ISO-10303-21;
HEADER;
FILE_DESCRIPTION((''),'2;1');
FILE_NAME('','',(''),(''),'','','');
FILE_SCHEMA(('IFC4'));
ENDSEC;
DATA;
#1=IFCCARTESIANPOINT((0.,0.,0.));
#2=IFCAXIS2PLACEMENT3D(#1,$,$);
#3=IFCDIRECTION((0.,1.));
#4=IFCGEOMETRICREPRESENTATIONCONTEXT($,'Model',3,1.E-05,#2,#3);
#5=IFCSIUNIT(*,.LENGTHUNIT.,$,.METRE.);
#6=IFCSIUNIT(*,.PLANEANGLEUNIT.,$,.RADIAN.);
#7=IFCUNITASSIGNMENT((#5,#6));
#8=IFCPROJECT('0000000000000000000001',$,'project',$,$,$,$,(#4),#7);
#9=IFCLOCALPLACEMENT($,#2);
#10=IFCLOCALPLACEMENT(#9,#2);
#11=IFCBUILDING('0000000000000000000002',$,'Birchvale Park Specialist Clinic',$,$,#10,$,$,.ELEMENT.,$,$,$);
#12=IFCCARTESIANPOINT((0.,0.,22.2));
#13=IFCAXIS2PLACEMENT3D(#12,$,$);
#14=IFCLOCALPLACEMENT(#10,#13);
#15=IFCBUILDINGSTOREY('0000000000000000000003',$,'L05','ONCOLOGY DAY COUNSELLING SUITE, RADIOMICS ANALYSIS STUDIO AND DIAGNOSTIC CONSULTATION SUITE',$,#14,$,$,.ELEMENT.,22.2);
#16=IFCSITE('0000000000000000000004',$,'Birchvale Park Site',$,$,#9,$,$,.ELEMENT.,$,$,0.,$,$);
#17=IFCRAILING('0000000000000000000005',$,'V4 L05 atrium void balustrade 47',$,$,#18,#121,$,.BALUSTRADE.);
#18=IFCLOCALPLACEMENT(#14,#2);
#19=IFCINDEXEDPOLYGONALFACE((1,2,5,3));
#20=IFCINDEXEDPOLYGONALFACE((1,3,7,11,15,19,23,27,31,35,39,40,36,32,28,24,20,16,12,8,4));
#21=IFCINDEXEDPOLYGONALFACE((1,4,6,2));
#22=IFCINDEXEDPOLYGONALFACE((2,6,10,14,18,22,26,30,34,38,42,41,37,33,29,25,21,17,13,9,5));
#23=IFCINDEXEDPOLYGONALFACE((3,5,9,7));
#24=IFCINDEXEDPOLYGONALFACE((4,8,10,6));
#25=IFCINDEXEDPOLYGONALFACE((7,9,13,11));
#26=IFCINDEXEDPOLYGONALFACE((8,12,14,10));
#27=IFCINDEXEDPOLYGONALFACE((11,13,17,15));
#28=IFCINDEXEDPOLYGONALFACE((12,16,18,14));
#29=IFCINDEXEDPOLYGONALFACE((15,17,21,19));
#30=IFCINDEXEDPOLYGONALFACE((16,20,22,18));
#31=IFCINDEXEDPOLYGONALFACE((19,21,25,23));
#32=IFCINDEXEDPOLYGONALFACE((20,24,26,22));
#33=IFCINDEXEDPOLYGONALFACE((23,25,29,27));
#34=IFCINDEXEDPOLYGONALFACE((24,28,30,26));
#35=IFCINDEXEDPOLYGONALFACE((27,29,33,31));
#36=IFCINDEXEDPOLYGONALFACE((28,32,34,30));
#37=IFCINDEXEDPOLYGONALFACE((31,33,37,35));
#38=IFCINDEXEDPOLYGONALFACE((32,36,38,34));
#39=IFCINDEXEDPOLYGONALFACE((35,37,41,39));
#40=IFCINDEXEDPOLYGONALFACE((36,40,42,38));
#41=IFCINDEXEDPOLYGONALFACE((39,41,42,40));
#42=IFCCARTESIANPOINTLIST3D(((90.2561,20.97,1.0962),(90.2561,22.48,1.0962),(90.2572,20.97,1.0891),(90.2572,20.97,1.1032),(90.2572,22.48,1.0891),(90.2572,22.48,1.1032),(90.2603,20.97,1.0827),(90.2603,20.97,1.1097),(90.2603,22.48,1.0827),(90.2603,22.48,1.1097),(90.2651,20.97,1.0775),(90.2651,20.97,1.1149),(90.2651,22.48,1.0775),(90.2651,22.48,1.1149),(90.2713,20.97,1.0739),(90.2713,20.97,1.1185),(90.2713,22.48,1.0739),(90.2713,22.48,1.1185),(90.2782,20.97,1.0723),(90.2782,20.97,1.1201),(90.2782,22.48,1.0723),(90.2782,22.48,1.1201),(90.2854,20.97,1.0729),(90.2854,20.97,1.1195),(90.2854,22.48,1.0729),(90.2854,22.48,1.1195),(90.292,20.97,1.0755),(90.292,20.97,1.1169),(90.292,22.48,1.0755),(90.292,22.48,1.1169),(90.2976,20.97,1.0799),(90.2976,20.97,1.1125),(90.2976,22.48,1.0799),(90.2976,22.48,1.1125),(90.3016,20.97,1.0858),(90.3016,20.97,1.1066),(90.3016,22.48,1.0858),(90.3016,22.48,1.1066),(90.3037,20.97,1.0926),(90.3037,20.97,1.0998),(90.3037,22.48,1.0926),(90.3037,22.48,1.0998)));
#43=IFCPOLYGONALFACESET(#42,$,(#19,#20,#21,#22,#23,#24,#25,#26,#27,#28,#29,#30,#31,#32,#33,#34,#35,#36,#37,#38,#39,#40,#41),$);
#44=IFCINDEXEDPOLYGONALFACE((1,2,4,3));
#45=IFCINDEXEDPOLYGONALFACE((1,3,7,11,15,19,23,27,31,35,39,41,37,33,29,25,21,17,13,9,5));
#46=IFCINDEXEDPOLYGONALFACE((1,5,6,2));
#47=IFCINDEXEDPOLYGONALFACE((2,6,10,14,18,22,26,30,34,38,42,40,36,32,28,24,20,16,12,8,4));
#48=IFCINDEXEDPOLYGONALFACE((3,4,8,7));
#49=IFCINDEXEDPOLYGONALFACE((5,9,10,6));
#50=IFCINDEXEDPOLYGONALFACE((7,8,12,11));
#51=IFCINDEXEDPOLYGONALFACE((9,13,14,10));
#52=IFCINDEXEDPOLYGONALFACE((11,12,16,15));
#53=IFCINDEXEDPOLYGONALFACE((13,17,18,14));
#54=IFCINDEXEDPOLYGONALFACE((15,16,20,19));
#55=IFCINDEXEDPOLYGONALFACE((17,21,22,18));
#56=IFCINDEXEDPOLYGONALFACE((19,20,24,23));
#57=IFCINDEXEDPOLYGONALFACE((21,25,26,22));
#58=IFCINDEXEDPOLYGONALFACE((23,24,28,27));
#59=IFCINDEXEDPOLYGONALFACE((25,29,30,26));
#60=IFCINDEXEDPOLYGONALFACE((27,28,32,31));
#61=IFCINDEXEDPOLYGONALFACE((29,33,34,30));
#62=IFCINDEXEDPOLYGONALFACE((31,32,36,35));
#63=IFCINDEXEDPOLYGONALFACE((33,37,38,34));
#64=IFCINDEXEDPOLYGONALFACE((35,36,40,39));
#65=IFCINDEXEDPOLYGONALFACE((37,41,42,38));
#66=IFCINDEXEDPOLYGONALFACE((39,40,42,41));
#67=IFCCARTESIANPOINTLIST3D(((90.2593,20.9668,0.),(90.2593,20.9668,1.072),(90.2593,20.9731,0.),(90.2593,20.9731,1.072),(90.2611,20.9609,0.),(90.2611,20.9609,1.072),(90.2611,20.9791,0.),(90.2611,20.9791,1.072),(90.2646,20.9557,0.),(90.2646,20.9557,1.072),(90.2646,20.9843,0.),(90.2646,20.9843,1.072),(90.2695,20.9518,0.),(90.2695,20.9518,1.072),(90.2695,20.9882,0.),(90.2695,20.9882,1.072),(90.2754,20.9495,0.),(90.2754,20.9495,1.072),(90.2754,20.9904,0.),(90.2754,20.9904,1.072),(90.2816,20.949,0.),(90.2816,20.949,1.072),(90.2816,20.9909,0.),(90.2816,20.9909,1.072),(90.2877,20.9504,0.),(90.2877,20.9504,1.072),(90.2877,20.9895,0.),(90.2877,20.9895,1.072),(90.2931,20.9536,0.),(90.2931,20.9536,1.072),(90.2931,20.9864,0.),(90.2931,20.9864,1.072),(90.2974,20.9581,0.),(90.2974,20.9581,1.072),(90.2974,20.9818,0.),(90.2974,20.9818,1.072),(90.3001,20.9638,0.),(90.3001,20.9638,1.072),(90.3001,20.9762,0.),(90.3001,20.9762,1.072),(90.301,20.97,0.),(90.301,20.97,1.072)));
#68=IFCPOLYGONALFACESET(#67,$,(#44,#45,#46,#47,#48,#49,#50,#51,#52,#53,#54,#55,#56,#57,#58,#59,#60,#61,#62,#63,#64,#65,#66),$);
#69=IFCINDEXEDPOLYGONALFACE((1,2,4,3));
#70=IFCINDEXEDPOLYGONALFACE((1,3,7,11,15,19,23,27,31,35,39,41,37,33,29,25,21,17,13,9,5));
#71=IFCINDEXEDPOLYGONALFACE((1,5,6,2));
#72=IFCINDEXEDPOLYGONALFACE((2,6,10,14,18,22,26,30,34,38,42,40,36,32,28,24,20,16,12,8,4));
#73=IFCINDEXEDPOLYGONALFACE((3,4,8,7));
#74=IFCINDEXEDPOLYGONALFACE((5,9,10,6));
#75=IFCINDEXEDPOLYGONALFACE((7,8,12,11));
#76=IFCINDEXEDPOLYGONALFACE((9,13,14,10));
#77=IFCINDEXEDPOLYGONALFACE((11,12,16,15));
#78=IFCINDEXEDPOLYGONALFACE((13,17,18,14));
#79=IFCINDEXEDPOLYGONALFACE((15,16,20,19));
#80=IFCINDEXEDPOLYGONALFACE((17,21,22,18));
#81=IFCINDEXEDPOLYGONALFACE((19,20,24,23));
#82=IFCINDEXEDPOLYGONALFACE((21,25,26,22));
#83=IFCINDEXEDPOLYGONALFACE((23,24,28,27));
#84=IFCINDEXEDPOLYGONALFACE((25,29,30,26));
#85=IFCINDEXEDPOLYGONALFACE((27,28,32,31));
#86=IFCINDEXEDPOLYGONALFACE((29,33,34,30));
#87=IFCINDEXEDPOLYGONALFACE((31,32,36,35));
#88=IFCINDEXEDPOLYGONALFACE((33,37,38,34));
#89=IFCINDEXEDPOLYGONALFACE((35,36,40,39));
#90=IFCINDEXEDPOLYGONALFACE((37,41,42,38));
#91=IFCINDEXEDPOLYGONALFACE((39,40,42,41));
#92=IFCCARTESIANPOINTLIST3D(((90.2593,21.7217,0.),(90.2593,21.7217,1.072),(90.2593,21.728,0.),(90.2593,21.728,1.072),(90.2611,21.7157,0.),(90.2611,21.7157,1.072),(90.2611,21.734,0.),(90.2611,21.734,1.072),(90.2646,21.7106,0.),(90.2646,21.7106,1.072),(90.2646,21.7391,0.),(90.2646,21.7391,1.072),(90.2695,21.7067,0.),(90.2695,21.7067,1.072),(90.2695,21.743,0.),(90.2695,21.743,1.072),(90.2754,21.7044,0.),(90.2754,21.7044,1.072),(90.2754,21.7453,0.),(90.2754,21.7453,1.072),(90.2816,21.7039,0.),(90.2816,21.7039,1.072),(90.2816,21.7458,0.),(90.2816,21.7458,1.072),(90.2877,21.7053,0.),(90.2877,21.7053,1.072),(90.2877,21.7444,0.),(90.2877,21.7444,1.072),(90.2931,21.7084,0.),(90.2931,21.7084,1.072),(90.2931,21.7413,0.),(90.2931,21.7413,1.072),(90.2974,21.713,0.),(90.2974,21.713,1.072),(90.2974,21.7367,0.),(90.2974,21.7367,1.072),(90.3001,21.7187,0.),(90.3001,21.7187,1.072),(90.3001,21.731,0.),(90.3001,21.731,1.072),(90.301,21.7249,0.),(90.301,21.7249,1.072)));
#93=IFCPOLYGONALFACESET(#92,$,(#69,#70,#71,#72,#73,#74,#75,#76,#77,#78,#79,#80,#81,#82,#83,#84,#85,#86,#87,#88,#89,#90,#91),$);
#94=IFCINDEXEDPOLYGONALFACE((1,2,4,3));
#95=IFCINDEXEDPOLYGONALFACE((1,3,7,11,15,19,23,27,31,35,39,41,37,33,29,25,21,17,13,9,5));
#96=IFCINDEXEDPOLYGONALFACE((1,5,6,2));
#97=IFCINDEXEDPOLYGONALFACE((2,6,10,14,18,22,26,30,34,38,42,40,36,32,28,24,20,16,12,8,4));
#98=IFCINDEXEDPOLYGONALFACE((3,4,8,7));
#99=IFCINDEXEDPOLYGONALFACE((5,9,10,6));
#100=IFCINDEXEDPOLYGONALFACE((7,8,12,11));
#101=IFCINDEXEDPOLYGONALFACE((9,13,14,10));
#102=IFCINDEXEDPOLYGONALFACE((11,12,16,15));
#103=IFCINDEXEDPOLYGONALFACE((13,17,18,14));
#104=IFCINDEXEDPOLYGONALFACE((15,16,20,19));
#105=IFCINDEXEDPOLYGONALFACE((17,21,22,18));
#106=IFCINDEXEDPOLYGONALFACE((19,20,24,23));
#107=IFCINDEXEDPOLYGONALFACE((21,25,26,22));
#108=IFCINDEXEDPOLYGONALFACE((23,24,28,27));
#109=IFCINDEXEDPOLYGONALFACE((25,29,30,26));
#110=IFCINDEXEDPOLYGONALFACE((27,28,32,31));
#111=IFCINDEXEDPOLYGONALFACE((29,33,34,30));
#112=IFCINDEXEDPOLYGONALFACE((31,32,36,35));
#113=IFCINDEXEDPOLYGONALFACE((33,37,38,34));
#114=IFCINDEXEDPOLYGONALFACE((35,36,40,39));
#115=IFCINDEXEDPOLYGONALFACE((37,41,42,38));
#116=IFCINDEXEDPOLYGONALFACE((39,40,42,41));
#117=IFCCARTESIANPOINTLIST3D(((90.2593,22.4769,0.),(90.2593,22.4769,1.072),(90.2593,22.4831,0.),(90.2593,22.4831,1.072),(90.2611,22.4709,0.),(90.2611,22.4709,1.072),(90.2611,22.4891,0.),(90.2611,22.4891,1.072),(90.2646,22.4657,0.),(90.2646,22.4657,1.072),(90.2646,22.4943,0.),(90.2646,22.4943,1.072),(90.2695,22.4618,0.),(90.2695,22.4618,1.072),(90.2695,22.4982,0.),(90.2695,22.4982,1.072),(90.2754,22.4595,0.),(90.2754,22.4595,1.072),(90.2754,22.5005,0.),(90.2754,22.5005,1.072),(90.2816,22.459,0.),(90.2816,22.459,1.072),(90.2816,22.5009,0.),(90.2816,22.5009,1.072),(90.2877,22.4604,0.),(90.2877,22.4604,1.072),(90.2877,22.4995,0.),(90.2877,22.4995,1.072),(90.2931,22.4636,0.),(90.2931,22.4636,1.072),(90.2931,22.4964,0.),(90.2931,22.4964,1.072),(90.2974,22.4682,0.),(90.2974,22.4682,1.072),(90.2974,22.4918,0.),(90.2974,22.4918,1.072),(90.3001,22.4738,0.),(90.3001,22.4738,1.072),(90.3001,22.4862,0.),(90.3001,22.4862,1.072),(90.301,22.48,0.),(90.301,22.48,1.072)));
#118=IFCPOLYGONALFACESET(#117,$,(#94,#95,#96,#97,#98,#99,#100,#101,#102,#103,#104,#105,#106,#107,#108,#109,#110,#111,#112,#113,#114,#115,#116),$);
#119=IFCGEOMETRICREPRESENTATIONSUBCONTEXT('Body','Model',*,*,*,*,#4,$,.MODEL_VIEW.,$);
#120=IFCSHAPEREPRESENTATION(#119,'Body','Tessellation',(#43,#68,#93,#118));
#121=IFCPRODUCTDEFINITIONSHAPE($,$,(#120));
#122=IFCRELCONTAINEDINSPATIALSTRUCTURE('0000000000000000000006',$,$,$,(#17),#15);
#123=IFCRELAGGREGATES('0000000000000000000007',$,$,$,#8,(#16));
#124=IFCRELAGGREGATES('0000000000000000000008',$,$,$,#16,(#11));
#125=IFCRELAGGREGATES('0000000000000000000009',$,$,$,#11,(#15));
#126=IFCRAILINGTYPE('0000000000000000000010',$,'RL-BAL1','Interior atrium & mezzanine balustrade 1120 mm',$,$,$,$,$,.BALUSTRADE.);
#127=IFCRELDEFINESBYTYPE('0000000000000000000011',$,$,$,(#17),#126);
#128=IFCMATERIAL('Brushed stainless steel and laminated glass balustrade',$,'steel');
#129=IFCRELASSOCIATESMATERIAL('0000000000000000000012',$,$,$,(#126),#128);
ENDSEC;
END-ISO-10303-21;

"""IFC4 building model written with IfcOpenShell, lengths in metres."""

from ifc_helpers import new_model, si_unit, direction, frame, origin, origin_2d, place, context, subcontext, project, spatial, circle, extrude, material, type_object, element, save


model = new_model("IFC4")

# Units and contexts
model_context = context("Model", 3, precision=1e-05, world=origin(), true_north=direction((0.0, 1.0)))
body_context = subcontext(model_context, "Body", "Model", "MODEL_VIEW")
ifc_project = project(units=[si_unit("LENGTHUNIT", "METRE"), si_unit("PLANEANGLEUNIT", "RADIAN")], contexts=[model_context])

# Site, building, storey
site_placement = place(None, origin())
site = spatial("IfcSite", under=ifc_project, at=site_placement, Name="Birchvale Park Site", CompositionType="ELEMENT", RefElevation=0.0)
building_placement = place(site_placement, origin())
building = spatial("IfcBuilding", under=site, at=building_placement, Name="Birchvale Park Specialist Clinic", CompositionType="ELEMENT")
storey_placement = place(building_placement, frame((0.0, 0.0, 22.2)))
storey = spatial("IfcBuildingStorey", under=building, at=storey_placement, Name="L05", Description="ONCOLOGY DAY COUNSELLING SUITE, RADIOMICS ANALYSIS STUDIO AND DIAGNOSTIC CONSULTATION SUITE", CompositionType="ELEMENT", Elevation=22.2)

# Railing
ifc_material_1 = material(Name="Brushed stainless steel and laminated glass balustrade", Category="steel")
railing_type = type_object("IfcRailingType", Name="RL-BAL1", Description="Interior atrium & mezzanine balustrade 1120 mm", PredefinedType="BALUSTRADE", material=ifc_material_1)
railing_1_placement = place(storey_placement, frame((90.28, 20.97, 0.0)))
element("IfcRailing", 1, at=railing_1_placement, inside=storey, type_object=railing_type, Name="V4 L05 atrium void balustrade 47", PredefinedType="BALUSTRADE", context=body_context, shape_type="SweptSolid", body=[
    extrude(circle(Radius=0.0239, at=origin_2d()), frame((0.0, 0.0, 1.0962), z_axis=(0.0, 1.0, 0.0), x_axis=(-1.0, 0.0, 0.0)), (0.0, 0.0, 1.0), 1.51),
    extrude(circle(Radius=0.021, at=origin_2d()), origin(), (0.0, 0.0, 1.0), 1.072),
    extrude(circle(Radius=0.021, at=origin_2d()), frame((0.0, 0.7549, 0.0)), (0.0, 0.0, 1.0), 1.072),
    extrude(circle(Radius=0.021, at=origin_2d()), frame((0.0, 1.51, 0.0)), (0.0, 0.0, 1.0), 1.072),
])

save(model, "model.ifc")
